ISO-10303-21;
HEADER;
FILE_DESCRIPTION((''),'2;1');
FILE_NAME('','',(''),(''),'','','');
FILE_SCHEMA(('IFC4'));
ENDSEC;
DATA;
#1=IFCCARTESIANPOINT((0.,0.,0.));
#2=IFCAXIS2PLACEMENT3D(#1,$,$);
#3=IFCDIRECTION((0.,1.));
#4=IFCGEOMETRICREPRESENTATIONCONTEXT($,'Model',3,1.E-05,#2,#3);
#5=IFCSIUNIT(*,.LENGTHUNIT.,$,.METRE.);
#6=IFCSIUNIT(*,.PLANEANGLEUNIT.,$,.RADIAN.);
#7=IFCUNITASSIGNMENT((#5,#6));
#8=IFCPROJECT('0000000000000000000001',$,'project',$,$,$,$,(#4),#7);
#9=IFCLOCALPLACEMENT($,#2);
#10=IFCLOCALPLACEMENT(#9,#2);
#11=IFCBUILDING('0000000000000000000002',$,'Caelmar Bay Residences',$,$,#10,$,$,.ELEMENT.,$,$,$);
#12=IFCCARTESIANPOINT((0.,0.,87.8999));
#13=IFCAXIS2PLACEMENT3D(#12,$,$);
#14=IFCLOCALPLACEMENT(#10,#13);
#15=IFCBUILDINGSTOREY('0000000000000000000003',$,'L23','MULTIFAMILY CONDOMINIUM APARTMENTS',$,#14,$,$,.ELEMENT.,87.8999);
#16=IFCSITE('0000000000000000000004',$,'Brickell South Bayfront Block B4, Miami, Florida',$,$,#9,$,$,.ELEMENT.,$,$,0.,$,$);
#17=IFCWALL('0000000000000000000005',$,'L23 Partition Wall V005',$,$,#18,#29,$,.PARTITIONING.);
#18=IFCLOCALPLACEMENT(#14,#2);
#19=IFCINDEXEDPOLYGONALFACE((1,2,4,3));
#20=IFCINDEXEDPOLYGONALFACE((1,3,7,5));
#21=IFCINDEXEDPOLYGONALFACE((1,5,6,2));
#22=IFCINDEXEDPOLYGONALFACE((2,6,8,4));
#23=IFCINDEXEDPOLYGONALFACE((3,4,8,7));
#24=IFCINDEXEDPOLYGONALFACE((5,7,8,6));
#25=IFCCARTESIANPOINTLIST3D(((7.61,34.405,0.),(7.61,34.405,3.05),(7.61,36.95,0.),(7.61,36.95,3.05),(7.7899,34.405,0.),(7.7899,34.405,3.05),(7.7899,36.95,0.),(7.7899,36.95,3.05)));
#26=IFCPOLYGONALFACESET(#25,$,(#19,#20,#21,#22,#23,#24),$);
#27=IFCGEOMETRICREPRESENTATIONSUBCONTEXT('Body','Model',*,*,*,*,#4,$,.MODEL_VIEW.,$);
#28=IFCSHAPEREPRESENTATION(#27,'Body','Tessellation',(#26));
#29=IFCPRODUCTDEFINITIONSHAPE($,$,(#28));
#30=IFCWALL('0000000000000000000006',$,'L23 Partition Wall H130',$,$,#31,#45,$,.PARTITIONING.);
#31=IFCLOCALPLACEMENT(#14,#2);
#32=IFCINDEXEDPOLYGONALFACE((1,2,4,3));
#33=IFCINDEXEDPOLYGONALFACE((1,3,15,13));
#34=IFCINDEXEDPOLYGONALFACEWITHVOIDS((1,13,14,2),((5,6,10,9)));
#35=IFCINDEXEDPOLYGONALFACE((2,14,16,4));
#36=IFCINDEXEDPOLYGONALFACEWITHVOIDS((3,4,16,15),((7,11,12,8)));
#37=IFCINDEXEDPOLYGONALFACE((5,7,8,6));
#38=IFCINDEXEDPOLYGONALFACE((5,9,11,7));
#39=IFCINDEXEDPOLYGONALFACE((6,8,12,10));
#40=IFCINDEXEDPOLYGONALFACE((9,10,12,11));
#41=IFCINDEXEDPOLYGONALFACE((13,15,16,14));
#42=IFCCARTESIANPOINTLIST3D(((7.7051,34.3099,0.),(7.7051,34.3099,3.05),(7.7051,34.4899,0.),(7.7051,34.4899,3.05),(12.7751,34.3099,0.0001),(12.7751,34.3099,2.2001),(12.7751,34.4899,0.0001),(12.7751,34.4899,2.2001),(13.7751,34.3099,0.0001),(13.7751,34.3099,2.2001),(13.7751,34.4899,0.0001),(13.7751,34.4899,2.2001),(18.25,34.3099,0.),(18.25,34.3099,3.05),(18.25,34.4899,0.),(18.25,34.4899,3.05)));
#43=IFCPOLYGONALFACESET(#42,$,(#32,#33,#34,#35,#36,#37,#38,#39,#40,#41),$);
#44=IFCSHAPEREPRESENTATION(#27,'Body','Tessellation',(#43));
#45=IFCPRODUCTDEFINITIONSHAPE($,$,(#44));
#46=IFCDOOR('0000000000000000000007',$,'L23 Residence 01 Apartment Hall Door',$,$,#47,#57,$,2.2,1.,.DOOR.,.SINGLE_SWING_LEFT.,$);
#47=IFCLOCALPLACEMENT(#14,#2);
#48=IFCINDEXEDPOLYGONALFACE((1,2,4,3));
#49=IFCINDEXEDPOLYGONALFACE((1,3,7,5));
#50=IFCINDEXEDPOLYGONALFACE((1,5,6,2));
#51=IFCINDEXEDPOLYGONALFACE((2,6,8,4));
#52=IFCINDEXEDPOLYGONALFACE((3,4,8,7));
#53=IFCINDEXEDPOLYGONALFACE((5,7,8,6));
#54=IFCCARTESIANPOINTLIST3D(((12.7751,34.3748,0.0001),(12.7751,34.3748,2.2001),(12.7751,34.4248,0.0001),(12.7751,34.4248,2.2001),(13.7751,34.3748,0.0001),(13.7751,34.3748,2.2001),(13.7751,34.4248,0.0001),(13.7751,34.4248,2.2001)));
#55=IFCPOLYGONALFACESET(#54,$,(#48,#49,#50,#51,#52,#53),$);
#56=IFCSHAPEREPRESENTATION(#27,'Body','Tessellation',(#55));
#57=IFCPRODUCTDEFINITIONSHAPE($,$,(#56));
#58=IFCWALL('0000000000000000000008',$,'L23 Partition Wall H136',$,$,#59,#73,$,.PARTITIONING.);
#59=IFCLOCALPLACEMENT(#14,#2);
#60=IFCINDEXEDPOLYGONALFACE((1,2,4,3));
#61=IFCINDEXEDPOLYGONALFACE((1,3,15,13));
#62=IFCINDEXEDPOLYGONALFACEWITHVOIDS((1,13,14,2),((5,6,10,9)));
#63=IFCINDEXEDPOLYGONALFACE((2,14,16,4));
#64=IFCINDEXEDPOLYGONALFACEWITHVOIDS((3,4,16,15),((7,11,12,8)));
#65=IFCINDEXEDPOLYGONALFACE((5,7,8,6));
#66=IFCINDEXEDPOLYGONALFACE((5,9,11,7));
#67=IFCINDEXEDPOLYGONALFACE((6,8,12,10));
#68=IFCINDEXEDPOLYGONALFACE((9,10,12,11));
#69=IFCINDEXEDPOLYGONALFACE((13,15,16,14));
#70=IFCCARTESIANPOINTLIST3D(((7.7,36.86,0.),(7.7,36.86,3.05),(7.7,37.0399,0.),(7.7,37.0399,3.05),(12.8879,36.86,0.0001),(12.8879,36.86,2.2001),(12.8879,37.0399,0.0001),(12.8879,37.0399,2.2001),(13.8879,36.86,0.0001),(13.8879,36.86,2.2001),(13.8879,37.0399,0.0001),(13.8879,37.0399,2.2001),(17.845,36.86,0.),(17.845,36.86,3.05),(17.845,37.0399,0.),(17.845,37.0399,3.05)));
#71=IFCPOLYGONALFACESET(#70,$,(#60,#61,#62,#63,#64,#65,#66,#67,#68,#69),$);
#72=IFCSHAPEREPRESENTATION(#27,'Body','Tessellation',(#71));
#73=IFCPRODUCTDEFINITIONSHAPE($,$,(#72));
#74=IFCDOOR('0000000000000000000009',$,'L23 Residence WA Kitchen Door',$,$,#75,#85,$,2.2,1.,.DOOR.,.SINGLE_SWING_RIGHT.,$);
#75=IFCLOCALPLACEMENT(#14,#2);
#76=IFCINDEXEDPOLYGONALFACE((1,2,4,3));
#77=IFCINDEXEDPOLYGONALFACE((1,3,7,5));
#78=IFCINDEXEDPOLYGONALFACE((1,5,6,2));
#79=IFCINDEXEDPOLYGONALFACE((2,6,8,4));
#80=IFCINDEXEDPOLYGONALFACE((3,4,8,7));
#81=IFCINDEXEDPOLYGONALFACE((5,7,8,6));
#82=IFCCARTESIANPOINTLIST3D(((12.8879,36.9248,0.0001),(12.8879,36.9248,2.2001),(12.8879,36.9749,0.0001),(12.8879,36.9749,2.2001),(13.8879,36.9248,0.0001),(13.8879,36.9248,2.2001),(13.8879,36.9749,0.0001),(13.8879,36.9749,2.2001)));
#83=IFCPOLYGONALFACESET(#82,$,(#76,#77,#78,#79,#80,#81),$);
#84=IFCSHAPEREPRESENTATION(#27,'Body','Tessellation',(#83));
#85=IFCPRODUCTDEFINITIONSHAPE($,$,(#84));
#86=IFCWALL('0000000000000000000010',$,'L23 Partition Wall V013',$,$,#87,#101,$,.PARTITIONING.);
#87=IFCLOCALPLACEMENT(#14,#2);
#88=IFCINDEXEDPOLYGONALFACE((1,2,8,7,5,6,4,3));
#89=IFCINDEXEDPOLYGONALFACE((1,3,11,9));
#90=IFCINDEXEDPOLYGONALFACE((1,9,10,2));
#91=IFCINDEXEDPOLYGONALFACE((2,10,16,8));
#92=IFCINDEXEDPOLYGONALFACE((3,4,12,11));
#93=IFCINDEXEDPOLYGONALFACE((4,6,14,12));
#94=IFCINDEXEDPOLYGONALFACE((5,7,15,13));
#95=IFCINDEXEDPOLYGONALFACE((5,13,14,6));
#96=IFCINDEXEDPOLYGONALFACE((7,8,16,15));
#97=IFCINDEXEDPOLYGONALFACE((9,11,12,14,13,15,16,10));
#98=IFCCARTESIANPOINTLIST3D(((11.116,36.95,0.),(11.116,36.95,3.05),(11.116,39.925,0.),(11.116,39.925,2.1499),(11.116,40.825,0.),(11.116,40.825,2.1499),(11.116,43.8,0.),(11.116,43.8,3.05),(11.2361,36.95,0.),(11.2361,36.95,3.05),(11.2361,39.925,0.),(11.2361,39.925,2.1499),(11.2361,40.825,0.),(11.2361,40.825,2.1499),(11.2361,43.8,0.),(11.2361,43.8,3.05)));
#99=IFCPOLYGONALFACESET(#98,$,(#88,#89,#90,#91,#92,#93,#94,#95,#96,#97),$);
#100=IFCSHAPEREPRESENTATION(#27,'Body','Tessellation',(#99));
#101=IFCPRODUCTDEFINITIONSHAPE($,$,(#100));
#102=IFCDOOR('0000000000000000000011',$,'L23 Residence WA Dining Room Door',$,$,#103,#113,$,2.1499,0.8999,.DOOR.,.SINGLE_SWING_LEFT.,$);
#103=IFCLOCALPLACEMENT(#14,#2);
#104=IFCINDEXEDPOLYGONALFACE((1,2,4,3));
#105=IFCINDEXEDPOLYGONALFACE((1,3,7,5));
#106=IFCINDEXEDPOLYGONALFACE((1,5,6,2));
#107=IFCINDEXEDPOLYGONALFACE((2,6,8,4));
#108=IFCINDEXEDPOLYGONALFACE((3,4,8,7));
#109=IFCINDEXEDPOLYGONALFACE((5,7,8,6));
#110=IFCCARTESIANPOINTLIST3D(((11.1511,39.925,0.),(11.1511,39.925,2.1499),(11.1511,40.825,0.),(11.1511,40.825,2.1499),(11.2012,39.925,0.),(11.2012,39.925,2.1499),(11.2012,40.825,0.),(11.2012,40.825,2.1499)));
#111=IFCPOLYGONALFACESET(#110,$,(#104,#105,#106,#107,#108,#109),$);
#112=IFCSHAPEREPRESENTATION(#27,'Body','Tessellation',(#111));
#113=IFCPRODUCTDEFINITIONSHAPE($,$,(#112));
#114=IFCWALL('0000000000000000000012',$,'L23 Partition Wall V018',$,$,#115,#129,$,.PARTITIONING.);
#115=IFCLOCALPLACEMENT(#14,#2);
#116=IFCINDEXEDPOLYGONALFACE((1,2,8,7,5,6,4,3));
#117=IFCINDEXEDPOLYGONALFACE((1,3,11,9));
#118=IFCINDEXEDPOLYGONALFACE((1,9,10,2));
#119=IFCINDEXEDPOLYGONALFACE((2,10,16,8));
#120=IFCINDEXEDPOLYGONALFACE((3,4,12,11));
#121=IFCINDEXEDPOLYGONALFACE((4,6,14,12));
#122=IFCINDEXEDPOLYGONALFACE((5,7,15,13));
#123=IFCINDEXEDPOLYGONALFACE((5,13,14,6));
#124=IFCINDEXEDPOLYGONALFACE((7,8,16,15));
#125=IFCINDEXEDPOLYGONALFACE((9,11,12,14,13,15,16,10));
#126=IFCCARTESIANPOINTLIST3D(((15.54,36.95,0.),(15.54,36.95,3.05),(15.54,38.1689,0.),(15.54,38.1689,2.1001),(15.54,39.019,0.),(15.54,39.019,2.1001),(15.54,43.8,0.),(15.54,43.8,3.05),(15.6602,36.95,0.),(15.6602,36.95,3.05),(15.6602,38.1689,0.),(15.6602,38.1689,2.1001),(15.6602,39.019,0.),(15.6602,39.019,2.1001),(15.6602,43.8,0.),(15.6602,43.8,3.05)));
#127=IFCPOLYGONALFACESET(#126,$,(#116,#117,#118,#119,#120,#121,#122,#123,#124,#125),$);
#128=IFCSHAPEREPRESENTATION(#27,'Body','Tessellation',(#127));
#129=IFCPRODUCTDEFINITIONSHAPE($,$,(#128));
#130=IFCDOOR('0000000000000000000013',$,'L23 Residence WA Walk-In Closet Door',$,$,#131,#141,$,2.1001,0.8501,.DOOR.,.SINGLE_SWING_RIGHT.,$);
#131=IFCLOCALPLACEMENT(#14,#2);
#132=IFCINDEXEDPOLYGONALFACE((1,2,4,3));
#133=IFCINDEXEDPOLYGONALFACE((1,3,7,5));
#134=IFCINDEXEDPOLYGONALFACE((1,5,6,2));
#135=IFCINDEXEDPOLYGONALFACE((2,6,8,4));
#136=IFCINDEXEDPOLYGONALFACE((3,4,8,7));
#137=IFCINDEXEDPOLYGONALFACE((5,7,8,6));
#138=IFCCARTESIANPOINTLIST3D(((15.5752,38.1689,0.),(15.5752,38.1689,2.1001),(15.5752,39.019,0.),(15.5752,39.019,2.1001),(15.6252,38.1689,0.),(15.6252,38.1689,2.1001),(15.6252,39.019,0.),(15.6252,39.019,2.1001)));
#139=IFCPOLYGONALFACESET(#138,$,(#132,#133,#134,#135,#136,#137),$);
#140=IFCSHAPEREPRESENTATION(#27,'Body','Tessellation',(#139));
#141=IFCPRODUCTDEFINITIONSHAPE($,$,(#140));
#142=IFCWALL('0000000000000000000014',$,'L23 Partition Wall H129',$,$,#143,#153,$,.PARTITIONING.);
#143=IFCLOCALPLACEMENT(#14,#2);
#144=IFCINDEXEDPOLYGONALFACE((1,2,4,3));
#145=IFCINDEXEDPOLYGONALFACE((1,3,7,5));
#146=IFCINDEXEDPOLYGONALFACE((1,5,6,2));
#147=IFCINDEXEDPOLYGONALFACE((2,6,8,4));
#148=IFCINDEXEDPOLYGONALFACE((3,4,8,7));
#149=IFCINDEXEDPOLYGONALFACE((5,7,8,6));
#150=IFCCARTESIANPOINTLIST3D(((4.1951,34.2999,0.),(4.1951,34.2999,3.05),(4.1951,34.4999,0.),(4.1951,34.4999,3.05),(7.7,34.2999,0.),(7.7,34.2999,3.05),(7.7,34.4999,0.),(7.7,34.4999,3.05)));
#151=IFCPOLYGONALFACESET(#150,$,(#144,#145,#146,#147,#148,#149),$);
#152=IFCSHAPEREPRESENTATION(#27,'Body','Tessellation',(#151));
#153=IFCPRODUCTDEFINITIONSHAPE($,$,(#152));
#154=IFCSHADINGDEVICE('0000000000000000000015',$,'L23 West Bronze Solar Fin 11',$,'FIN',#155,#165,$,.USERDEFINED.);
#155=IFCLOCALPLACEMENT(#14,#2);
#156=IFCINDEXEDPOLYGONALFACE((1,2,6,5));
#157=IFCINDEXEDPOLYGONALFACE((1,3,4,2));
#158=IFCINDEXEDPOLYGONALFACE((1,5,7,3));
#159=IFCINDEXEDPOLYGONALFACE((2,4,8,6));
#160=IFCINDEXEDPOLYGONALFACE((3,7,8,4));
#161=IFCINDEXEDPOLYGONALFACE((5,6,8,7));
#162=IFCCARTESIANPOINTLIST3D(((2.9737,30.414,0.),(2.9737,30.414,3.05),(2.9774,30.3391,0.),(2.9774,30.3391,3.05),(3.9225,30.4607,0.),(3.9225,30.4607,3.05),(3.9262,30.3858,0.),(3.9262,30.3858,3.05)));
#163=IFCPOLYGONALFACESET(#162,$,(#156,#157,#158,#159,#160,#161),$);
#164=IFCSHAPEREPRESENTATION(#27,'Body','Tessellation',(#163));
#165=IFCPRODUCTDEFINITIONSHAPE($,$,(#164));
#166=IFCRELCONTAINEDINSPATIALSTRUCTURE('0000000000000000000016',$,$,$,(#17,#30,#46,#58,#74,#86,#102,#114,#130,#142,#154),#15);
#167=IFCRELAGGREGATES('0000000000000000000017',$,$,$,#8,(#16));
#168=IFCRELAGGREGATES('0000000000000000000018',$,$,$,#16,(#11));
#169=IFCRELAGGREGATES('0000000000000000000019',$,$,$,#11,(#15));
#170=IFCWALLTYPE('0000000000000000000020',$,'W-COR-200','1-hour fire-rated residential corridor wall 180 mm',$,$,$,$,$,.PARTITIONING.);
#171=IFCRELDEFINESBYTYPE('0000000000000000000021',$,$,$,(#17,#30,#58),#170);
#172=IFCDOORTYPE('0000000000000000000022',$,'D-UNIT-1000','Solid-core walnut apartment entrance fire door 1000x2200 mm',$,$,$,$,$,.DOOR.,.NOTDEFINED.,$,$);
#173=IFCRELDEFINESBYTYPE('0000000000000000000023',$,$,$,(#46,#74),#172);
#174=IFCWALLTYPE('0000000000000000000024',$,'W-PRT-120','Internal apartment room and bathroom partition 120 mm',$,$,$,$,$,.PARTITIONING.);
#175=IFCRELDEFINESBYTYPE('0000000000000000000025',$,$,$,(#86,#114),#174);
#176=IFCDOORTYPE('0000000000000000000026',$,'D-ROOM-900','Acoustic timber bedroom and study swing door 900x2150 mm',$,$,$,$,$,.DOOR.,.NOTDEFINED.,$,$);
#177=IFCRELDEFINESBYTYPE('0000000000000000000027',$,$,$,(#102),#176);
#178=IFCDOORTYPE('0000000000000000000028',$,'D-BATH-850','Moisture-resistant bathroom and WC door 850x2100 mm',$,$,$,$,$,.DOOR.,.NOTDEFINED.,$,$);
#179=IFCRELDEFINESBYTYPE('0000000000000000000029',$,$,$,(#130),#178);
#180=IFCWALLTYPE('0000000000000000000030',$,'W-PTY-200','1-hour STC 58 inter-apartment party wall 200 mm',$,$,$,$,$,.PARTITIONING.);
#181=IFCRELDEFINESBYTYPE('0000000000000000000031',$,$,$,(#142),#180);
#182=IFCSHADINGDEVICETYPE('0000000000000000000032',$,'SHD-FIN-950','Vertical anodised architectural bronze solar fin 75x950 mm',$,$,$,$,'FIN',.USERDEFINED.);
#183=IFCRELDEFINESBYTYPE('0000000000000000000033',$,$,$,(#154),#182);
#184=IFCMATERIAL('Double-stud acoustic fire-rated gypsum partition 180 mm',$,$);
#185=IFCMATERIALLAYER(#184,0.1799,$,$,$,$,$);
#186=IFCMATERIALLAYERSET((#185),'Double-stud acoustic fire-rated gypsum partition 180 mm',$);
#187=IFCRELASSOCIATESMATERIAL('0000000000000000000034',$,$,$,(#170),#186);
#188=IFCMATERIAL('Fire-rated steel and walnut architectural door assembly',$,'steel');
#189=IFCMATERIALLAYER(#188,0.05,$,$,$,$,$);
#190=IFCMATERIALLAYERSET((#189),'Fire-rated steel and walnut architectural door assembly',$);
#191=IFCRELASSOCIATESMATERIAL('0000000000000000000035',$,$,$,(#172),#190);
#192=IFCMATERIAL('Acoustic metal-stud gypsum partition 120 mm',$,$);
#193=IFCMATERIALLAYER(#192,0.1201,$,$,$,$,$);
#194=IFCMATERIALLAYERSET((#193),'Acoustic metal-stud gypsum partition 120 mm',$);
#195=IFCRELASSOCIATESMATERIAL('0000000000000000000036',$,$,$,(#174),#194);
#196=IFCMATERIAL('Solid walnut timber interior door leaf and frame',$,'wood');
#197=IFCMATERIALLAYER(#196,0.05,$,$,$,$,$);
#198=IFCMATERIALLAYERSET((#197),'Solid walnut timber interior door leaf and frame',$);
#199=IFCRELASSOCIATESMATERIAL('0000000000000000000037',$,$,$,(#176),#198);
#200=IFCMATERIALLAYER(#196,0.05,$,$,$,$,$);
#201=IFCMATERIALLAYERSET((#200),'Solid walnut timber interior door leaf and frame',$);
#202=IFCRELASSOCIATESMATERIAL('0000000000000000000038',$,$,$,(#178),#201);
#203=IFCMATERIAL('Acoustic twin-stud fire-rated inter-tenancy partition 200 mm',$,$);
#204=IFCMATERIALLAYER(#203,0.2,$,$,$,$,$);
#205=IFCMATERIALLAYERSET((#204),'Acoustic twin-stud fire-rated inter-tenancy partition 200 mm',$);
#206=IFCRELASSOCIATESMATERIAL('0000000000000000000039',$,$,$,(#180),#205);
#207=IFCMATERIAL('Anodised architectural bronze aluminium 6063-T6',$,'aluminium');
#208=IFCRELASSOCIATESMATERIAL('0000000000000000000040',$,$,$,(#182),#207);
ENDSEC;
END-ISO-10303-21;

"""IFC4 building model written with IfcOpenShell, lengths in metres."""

from ifc_helpers import new_model, si_unit, direction, frame, frame_2d, origin, origin_2d, place, context, subcontext, project, spatial, rectangle, extrude, material, layer, layer_set, material_profile, profile_set, type_object, element, fill, save


model = new_model("IFC4")

# Units and contexts
model_context = context("Model", 3, precision=1e-05, world=origin(), true_north=direction((0.0, 1.0)))
body_context = subcontext(model_context, "Body", "Model", "MODEL_VIEW")
ifc_project = project(units=[si_unit("LENGTHUNIT", "METRE"), si_unit("PLANEANGLEUNIT", "RADIAN")], contexts=[model_context])

# Site, building, storey
site_placement = place(None, origin())
site = spatial("IfcSite", under=ifc_project, at=site_placement, Name="Brickell South Bayfront Block B4, Miami, Florida", CompositionType="ELEMENT", RefElevation=0.0)
building_placement = place(site_placement, origin())
building = spatial("IfcBuilding", under=site, at=building_placement, Name="Caelmar Bay Residences", CompositionType="ELEMENT")
storey_placement = place(building_placement, frame((0.0, 0.0, 87.8999)))
storey = spatial("IfcBuildingStorey", under=building, at=storey_placement, Name="L23", Description="MULTIFAMILY CONDOMINIUM APARTMENTS", CompositionType="ELEMENT", Elevation=87.8999)

# Wall
ifc_material_1 = material(Name="Double-stud acoustic fire-rated gypsum partition 180 mm")
ifc_layer_1 = layer(ifc_material_1, 0.1799)
ifc_layer_set_1 = layer_set([ifc_layer_1], Name="Double-stud acoustic fire-rated gypsum partition 180 mm")
wall_type_1 = type_object("IfcWallType", Name="W-COR-200", Description="1-hour fire-rated residential corridor wall 180 mm", PredefinedType="PARTITIONING", material=ifc_layer_set_1)
wall_1_placement = place(storey_placement, frame((7.7, 34.405, 0.0), z_axis=(0.0, 0.0, 1.0), x_axis=(0.0, 1.0, 0.0)))
element("IfcWall", 1, at=wall_1_placement, inside=storey, type_object=wall_type_1, Name="L23 Partition Wall V005", PredefinedType="PARTITIONING", context=body_context, shape_type="SweptSolid", body=[
    extrude(rectangle(XDim=2.5449, YDim=0.1799, at=frame_2d((1.2725, 0.0))), origin(), (0.0, 0.0, 1.0), 3.05),
])

# Walls, openings, doors
wall_2_placement = place(storey_placement, frame((7.7051, 34.3999, 0.0), z_axis=(0.0, 0.0, 1.0), x_axis=(1.0, 0.0, 0.0)))
wall_2 = element("IfcWall", 2, at=wall_2_placement, inside=storey, type_object=wall_type_1, Name="L23 Partition Wall H130", PredefinedType="PARTITIONING", context=body_context, shape_type="SweptSolid", body=[
    extrude(rectangle(XDim=10.5449, YDim=0.1799, at=frame_2d((5.2725, 0.0))), origin(), (0.0, 0.0, 1.0), 3.05),
])
opening_1_placement = place(wall_2_placement, frame((5.0701, 0.0, 0.0)))
opening_1 = element("IfcOpeningElement", 3, at=opening_1_placement, cuts=wall_2, PredefinedType="OPENING", context=body_context, shape_type="SweptSolid", body=[
    extrude(rectangle(XDim=1.0, YDim=2.2, at=frame_2d((0.5, 1.1001))), frame((0.0, 0.0999, 0.0), z_axis=(0.0, -1.0, 0.0), x_axis=(1.0, 0.0, 0.0)), (0.0, 0.0, 1.0), 0.2),
])
ifc_material_2 = material(Name="Fire-rated steel and walnut architectural door assembly", Category="steel")
ifc_layer_2 = layer(ifc_material_2, 0.05)
ifc_layer_set_2 = layer_set([ifc_layer_2], Name="Fire-rated steel and walnut architectural door assembly")
door_type_1 = type_object("IfcDoorType", Name="D-UNIT-1000", Description="Solid-core walnut apartment entrance fire door 1000x2200 mm", OperationType="NOTDEFINED", PredefinedType="DOOR", material=ifc_layer_set_2)
door_1_placement = place(opening_1_placement, origin())
door_1 = element("IfcDoor", 4, at=door_1_placement, inside=storey, type_object=door_type_1, Name="L23 Residence 01 Apartment Hall Door", OperationType="SINGLE_SWING_LEFT", OverallHeight=2.2, OverallWidth=1.0, PredefinedType="DOOR", context=body_context, shape_type="SweptSolid", body=[
    extrude(rectangle(XDim=1.0, YDim=2.2, at=frame_2d((0.5, 1.1001))), frame((0.0, 0.0249, 0.0), z_axis=(0.0, -1.0, 0.0), x_axis=(1.0, 0.0, 0.0)), (0.0, 0.0, 1.0), 0.05),
])
fill(opening_1, door_1)
wall_3_placement = place(storey_placement, frame((7.7, 36.95, 0.0), z_axis=(0.0, 0.0, 1.0), x_axis=(1.0, 0.0, 0.0)))
wall_3 = element("IfcWall", 5, at=wall_3_placement, inside=storey, type_object=wall_type_1, Name="L23 Partition Wall H136", PredefinedType="PARTITIONING", context=body_context, shape_type="SweptSolid", body=[
    extrude(rectangle(XDim=10.145, YDim=0.1799, at=frame_2d((5.0725, 0.0))), origin(), (0.0, 0.0, 1.0), 3.05),
])
opening_2_placement = place(wall_3_placement, frame((5.188, 0.0, 0.0)))
opening_2 = element("IfcOpeningElement", 6, at=opening_2_placement, cuts=wall_3, PredefinedType="OPENING", context=body_context, shape_type="SweptSolid", body=[
    extrude(rectangle(XDim=1.0, YDim=2.2, at=frame_2d((0.5, 1.1001))), frame((0.0, 0.0999, 0.0), z_axis=(0.0, -1.0, 0.0), x_axis=(1.0, 0.0, 0.0)), (0.0, 0.0, 1.0), 0.2),
])
door_2_placement = place(opening_2_placement, origin())
door_2 = element("IfcDoor", 7, at=door_2_placement, inside=storey, type_object=door_type_1, Name="L23 Residence WA Kitchen Door", OperationType="SINGLE_SWING_RIGHT", OverallHeight=2.2, OverallWidth=1.0, PredefinedType="DOOR", context=body_context, shape_type="SweptSolid", body=[
    extrude(rectangle(XDim=1.0, YDim=2.2, at=frame_2d((0.5, 1.1001))), frame((0.0, 0.0249, 0.0), z_axis=(0.0, -1.0, 0.0), x_axis=(1.0, 0.0, 0.0)), (0.0, 0.0, 1.0), 0.05),
])
fill(opening_2, door_2)
ifc_material_3 = material(Name="Acoustic metal-stud gypsum partition 120 mm")
ifc_layer_3 = layer(ifc_material_3, 0.1201)
ifc_layer_set_3 = layer_set([ifc_layer_3], Name="Acoustic metal-stud gypsum partition 120 mm")
wall_type_2 = type_object("IfcWallType", Name="W-PRT-120", Description="Internal apartment room and bathroom partition 120 mm", PredefinedType="PARTITIONING", material=ifc_layer_set_3)
wall_4_placement = place(storey_placement, frame((11.176, 36.95, 0.0), z_axis=(0.0, 0.0, 1.0), x_axis=(0.0, 1.0, 0.0)))
wall_4 = element("IfcWall", 8, at=wall_4_placement, inside=storey, type_object=wall_type_2, Name="L23 Partition Wall V013", PredefinedType="PARTITIONING", context=body_context, shape_type="SweptSolid", body=[
    extrude(rectangle(XDim=6.8501, YDim=0.1201, at=frame_2d((3.425, 0.0))), origin(), (0.0, 0.0, 1.0), 3.05),
])
opening_3_placement = place(wall_4_placement, frame((2.9751, 0.0, 0.0)))
opening_3 = element("IfcOpeningElement", 9, at=opening_3_placement, cuts=wall_4, PredefinedType="OPENING", context=body_context, shape_type="SweptSolid", body=[
    extrude(rectangle(XDim=0.8999, YDim=2.1499, at=frame_2d((0.45, 1.075))), frame((0.0, 0.0701, 0.0), z_axis=(0.0, -1.0, 0.0), x_axis=(1.0, 0.0, 0.0)), (0.0, 0.0, 1.0), 0.1401),
])
ifc_material_4 = material(Name="Solid walnut timber interior door leaf and frame", Category="wood")
ifc_layer_4 = layer(ifc_material_4, 0.05)
ifc_layer_set_4 = layer_set([ifc_layer_4], Name="Solid walnut timber interior door leaf and frame")
door_type_2 = type_object("IfcDoorType", Name="D-ROOM-900", Description="Acoustic timber bedroom and study swing door 900x2150 mm", OperationType="NOTDEFINED", PredefinedType="DOOR", material=ifc_layer_set_4)
door_3_placement = place(opening_3_placement, origin())
door_3 = element("IfcDoor", 10, at=door_3_placement, inside=storey, type_object=door_type_2, Name="L23 Residence WA Dining Room Door", OperationType="SINGLE_SWING_LEFT", OverallHeight=2.1499, OverallWidth=0.8999, PredefinedType="DOOR", context=body_context, shape_type="SweptSolid", body=[
    extrude(rectangle(XDim=0.8999, YDim=2.1499, at=frame_2d((0.45, 1.075))), frame((0.0, 0.0249, 0.0), z_axis=(0.0, -1.0, 0.0), x_axis=(1.0, 0.0, 0.0)), (0.0, 0.0, 1.0), 0.05),
])
fill(opening_3, door_3)
wall_5_placement = place(storey_placement, frame((15.6001, 36.95, 0.0), z_axis=(0.0, 0.0, 1.0), x_axis=(0.0, 1.0, 0.0)))
wall_5 = element("IfcWall", 11, at=wall_5_placement, inside=storey, type_object=wall_type_2, Name="L23 Partition Wall V018", PredefinedType="PARTITIONING", context=body_context, shape_type="SweptSolid", body=[
    extrude(rectangle(XDim=6.8501, YDim=0.1201, at=frame_2d((3.425, 0.0))), origin(), (0.0, 0.0, 1.0), 3.05),
])
opening_4_placement = place(wall_5_placement, frame((1.219, 0.0, 0.0)))
opening_4 = element("IfcOpeningElement", 12, at=opening_4_placement, cuts=wall_5, PredefinedType="OPENING", context=body_context, shape_type="SweptSolid", body=[
    extrude(rectangle(XDim=0.8501, YDim=2.1001, at=frame_2d((0.425, 1.05))), frame((0.0, 0.0701, 0.0), z_axis=(0.0, -1.0, 0.0), x_axis=(1.0, 0.0, 0.0)), (0.0, 0.0, 1.0), 0.1401),
])
ifc_layer_5 = layer(ifc_material_4, 0.05)
ifc_layer_set_5 = layer_set([ifc_layer_5], Name="Solid walnut timber interior door leaf and frame")
door_type_3 = type_object("IfcDoorType", Name="D-BATH-850", Description="Moisture-resistant bathroom and WC door 850x2100 mm", OperationType="NOTDEFINED", PredefinedType="DOOR", material=ifc_layer_set_5)
door_4_placement = place(opening_4_placement, origin())
door_4 = element("IfcDoor", 13, at=door_4_placement, inside=storey, type_object=door_type_3, Name="L23 Residence WA Walk-In Closet Door", OperationType="SINGLE_SWING_RIGHT", OverallHeight=2.1001, OverallWidth=0.8501, PredefinedType="DOOR", context=body_context, shape_type="SweptSolid", body=[
    extrude(rectangle(XDim=0.8501, YDim=2.1001, at=frame_2d((0.425, 1.05))), frame((0.0, 0.0249, 0.0), z_axis=(0.0, -1.0, 0.0), x_axis=(1.0, 0.0, 0.0)), (0.0, 0.0, 1.0), 0.05),
])
fill(opening_4, door_4)

# Wall
ifc_material_5 = material(Name="Acoustic twin-stud fire-rated inter-tenancy partition 200 mm")
ifc_layer_6 = layer(ifc_material_5, 0.2)
ifc_layer_set_6 = layer_set([ifc_layer_6], Name="Acoustic twin-stud fire-rated inter-tenancy partition 200 mm")
wall_type_3 = type_object("IfcWallType", Name="W-PTY-200", Description="1-hour STC 58 inter-apartment party wall 200 mm", PredefinedType="PARTITIONING", material=ifc_layer_set_6)
wall_6_placement = place(storey_placement, frame((4.1951, 34.3999, 0.0), z_axis=(0.0, 0.0, 1.0), x_axis=(1.0, 0.0, 0.0)))
element("IfcWall", 14, at=wall_6_placement, inside=storey, type_object=wall_type_3, Name="L23 Partition Wall H129", PredefinedType="PARTITIONING", context=body_context, shape_type="SweptSolid", body=[
    extrude(rectangle(XDim=3.5049, YDim=0.2, at=frame_2d((1.7524, 0.0))), origin(), (0.0, 0.0, 1.0), 3.05),
])

# Shading device
ifc_material_6 = material(Name="Anodised architectural bronze aluminium 6063-T6", Category="aluminium")
ifc_material_profile_1 = material_profile(ifc_material_6, rectangle(XDim=0.075, YDim=0.95, at=origin_2d()), Name="BRONZE-FIN-75X950")
ifc_profile_set_1 = profile_set([ifc_material_profile_1], Name="Anodised architectural bronze aluminium 6063-T6")
shading_device_type = type_object("IfcShadingDeviceType", Name="SHD-FIN-950", Description="Vertical anodised architectural bronze solar fin 75x950 mm", ElementType="FIN", PredefinedType="USERDEFINED", material=ifc_profile_set_1)
for number, where, z_axis, x_axis, name in (
    (15, (3.45, 30.3999, 0.0), (0.0, 0.0, 1.0), (-0.049198, 0.998789, 0.0), "L23 West Bronze Solar Fin 11"),
):
    element("IfcShadingDevice", number, at=place(storey_placement, frame(where, z_axis=z_axis, x_axis=x_axis)), inside=storey, type_object=shading_device_type, Name=name, ObjectType="FIN", PredefinedType="USERDEFINED", context=body_context, shape_type="SweptSolid", body=[
        extrude(rectangle(XDim=0.075, YDim=0.95, at=origin_2d()), origin(), (0.0, 0.0, 1.0), 3.05),
    ])

save(model, "model.ifc")
